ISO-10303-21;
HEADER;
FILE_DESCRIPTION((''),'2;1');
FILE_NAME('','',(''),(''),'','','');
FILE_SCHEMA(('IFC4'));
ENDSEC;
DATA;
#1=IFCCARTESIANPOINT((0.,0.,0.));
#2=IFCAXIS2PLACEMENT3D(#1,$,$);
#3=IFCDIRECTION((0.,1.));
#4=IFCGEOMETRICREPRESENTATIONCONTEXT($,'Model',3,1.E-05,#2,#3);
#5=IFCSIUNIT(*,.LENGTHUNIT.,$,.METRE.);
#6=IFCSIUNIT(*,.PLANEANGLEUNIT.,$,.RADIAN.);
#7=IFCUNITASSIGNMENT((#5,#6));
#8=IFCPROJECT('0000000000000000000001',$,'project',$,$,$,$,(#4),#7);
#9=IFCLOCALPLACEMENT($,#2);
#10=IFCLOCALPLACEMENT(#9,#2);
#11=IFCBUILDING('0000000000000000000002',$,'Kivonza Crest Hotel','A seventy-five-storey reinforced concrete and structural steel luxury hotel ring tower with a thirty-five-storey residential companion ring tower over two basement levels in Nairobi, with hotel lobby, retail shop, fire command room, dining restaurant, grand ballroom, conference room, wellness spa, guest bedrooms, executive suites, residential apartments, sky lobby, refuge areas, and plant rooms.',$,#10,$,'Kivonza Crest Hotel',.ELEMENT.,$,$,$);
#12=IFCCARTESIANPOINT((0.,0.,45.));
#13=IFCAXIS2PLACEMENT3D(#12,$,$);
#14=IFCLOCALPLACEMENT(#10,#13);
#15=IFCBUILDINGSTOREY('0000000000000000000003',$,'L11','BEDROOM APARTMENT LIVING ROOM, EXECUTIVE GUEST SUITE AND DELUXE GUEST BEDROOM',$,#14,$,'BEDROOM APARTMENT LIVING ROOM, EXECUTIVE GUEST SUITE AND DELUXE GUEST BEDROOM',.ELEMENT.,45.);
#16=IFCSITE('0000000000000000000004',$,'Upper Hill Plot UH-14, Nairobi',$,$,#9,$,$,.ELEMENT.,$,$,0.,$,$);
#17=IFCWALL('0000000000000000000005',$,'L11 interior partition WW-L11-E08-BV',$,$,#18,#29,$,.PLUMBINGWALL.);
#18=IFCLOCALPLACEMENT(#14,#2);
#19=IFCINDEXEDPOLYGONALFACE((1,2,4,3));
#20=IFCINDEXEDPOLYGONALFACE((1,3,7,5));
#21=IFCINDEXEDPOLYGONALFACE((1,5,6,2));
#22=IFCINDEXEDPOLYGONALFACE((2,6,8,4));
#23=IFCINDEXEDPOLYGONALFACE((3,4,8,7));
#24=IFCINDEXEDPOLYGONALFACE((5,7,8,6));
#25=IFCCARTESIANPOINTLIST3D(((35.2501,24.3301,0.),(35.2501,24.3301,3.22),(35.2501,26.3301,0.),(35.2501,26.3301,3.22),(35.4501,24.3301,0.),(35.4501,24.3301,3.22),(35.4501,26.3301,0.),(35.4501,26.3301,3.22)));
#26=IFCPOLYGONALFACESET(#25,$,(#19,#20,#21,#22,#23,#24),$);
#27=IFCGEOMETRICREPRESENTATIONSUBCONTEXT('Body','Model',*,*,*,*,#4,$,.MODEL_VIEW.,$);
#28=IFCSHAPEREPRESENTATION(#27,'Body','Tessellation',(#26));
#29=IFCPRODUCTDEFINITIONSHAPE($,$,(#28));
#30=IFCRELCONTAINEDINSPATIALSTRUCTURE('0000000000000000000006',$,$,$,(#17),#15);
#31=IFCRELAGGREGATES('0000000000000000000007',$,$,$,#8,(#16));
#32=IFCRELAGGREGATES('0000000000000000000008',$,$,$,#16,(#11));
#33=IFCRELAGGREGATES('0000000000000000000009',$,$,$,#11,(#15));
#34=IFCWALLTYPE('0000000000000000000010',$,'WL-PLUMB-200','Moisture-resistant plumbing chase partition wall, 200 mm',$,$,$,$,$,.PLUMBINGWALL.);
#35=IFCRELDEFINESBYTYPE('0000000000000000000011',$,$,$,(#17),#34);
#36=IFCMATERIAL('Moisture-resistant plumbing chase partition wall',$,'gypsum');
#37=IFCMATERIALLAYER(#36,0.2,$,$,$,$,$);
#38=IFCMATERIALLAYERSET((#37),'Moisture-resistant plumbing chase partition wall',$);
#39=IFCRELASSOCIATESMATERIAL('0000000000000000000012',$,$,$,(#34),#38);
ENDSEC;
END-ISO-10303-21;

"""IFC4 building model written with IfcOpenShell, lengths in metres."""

from ifc_helpers import new_model, si_unit, direction, frame, frame_2d, origin, place, context, subcontext, project, spatial, rectangle, extrude, material, layer, layer_set, type_object, element, save


model = new_model("IFC4")

# Units and contexts
model_context = context("Model", 3, precision=1e-05, world=origin(), true_north=direction((0.0, 1.0)))
body_context = subcontext(model_context, "Body", "Model", "MODEL_VIEW")
ifc_project = project(units=[si_unit("LENGTHUNIT", "METRE"), si_unit("PLANEANGLEUNIT", "RADIAN")], contexts=[model_context])

# Site, building, storey
site_placement = place(None, origin())
site = spatial("IfcSite", under=ifc_project, at=site_placement, Name="Upper Hill Plot UH-14, Nairobi", CompositionType="ELEMENT", RefElevation=0.0)
building_placement = place(site_placement, origin())
building = spatial("IfcBuilding", under=site, at=building_placement, Name="Kivonza Crest Hotel", Description="A seventy-five-storey reinforced concrete and structural steel luxury hotel ring tower with a thirty-five-storey residential companion ring tower over two basement levels in Nairobi, with hotel lobby, retail shop, fire command room, dining restaurant, grand ballroom, conference room, wellness spa, guest bedrooms, executive suites, residential apartments, sky lobby, refuge areas, and plant rooms.", LongName="Kivonza Crest Hotel", CompositionType="ELEMENT")
storey_placement = place(building_placement, frame((0.0, 0.0, 45.0)))
storey = spatial("IfcBuildingStorey", under=building, at=storey_placement, Name="L11", Description="BEDROOM APARTMENT LIVING ROOM, EXECUTIVE GUEST SUITE AND DELUXE GUEST BEDROOM", LongName="BEDROOM APARTMENT LIVING ROOM, EXECUTIVE GUEST SUITE AND DELUXE GUEST BEDROOM", CompositionType="ELEMENT", Elevation=45.0)

# Shared definitions
ifc_material_1 = material(Name="Moisture-resistant plumbing chase partition wall", Category="gypsum")
ifc_layer_1 = layer(ifc_material_1, 0.2)
ifc_layer_set_1 = layer_set([ifc_layer_1], Name="Moisture-resistant plumbing chase partition wall")
wall_type_1 = type_object("IfcWallType", Name="WL-PLUMB-200", Description="Moisture-resistant plumbing chase partition wall, 200 mm", PredefinedType="PLUMBINGWALL", material=ifc_layer_set_1)

# Wall
wall_1_placement = place(storey_placement, frame((35.3501, 24.3301, 0.0), z_axis=(0.0, 0.0, 1.0), x_axis=(0.0, 1.0, 0.0)))
element("IfcWall", 1, at=wall_1_placement, inside=storey, type_object=wall_type_1, Name="L11 interior partition WW-L11-E08-BV", PredefinedType="PLUMBINGWALL", context=body_context, shape_type="SweptSolid", body=[
    extrude(rectangle(XDim=2.0, YDim=0.2, at=frame_2d((1.0, 0.0))), origin(), (0.0, 0.0, 1.0), 3.22),
])

save(model, "model.ifc")
